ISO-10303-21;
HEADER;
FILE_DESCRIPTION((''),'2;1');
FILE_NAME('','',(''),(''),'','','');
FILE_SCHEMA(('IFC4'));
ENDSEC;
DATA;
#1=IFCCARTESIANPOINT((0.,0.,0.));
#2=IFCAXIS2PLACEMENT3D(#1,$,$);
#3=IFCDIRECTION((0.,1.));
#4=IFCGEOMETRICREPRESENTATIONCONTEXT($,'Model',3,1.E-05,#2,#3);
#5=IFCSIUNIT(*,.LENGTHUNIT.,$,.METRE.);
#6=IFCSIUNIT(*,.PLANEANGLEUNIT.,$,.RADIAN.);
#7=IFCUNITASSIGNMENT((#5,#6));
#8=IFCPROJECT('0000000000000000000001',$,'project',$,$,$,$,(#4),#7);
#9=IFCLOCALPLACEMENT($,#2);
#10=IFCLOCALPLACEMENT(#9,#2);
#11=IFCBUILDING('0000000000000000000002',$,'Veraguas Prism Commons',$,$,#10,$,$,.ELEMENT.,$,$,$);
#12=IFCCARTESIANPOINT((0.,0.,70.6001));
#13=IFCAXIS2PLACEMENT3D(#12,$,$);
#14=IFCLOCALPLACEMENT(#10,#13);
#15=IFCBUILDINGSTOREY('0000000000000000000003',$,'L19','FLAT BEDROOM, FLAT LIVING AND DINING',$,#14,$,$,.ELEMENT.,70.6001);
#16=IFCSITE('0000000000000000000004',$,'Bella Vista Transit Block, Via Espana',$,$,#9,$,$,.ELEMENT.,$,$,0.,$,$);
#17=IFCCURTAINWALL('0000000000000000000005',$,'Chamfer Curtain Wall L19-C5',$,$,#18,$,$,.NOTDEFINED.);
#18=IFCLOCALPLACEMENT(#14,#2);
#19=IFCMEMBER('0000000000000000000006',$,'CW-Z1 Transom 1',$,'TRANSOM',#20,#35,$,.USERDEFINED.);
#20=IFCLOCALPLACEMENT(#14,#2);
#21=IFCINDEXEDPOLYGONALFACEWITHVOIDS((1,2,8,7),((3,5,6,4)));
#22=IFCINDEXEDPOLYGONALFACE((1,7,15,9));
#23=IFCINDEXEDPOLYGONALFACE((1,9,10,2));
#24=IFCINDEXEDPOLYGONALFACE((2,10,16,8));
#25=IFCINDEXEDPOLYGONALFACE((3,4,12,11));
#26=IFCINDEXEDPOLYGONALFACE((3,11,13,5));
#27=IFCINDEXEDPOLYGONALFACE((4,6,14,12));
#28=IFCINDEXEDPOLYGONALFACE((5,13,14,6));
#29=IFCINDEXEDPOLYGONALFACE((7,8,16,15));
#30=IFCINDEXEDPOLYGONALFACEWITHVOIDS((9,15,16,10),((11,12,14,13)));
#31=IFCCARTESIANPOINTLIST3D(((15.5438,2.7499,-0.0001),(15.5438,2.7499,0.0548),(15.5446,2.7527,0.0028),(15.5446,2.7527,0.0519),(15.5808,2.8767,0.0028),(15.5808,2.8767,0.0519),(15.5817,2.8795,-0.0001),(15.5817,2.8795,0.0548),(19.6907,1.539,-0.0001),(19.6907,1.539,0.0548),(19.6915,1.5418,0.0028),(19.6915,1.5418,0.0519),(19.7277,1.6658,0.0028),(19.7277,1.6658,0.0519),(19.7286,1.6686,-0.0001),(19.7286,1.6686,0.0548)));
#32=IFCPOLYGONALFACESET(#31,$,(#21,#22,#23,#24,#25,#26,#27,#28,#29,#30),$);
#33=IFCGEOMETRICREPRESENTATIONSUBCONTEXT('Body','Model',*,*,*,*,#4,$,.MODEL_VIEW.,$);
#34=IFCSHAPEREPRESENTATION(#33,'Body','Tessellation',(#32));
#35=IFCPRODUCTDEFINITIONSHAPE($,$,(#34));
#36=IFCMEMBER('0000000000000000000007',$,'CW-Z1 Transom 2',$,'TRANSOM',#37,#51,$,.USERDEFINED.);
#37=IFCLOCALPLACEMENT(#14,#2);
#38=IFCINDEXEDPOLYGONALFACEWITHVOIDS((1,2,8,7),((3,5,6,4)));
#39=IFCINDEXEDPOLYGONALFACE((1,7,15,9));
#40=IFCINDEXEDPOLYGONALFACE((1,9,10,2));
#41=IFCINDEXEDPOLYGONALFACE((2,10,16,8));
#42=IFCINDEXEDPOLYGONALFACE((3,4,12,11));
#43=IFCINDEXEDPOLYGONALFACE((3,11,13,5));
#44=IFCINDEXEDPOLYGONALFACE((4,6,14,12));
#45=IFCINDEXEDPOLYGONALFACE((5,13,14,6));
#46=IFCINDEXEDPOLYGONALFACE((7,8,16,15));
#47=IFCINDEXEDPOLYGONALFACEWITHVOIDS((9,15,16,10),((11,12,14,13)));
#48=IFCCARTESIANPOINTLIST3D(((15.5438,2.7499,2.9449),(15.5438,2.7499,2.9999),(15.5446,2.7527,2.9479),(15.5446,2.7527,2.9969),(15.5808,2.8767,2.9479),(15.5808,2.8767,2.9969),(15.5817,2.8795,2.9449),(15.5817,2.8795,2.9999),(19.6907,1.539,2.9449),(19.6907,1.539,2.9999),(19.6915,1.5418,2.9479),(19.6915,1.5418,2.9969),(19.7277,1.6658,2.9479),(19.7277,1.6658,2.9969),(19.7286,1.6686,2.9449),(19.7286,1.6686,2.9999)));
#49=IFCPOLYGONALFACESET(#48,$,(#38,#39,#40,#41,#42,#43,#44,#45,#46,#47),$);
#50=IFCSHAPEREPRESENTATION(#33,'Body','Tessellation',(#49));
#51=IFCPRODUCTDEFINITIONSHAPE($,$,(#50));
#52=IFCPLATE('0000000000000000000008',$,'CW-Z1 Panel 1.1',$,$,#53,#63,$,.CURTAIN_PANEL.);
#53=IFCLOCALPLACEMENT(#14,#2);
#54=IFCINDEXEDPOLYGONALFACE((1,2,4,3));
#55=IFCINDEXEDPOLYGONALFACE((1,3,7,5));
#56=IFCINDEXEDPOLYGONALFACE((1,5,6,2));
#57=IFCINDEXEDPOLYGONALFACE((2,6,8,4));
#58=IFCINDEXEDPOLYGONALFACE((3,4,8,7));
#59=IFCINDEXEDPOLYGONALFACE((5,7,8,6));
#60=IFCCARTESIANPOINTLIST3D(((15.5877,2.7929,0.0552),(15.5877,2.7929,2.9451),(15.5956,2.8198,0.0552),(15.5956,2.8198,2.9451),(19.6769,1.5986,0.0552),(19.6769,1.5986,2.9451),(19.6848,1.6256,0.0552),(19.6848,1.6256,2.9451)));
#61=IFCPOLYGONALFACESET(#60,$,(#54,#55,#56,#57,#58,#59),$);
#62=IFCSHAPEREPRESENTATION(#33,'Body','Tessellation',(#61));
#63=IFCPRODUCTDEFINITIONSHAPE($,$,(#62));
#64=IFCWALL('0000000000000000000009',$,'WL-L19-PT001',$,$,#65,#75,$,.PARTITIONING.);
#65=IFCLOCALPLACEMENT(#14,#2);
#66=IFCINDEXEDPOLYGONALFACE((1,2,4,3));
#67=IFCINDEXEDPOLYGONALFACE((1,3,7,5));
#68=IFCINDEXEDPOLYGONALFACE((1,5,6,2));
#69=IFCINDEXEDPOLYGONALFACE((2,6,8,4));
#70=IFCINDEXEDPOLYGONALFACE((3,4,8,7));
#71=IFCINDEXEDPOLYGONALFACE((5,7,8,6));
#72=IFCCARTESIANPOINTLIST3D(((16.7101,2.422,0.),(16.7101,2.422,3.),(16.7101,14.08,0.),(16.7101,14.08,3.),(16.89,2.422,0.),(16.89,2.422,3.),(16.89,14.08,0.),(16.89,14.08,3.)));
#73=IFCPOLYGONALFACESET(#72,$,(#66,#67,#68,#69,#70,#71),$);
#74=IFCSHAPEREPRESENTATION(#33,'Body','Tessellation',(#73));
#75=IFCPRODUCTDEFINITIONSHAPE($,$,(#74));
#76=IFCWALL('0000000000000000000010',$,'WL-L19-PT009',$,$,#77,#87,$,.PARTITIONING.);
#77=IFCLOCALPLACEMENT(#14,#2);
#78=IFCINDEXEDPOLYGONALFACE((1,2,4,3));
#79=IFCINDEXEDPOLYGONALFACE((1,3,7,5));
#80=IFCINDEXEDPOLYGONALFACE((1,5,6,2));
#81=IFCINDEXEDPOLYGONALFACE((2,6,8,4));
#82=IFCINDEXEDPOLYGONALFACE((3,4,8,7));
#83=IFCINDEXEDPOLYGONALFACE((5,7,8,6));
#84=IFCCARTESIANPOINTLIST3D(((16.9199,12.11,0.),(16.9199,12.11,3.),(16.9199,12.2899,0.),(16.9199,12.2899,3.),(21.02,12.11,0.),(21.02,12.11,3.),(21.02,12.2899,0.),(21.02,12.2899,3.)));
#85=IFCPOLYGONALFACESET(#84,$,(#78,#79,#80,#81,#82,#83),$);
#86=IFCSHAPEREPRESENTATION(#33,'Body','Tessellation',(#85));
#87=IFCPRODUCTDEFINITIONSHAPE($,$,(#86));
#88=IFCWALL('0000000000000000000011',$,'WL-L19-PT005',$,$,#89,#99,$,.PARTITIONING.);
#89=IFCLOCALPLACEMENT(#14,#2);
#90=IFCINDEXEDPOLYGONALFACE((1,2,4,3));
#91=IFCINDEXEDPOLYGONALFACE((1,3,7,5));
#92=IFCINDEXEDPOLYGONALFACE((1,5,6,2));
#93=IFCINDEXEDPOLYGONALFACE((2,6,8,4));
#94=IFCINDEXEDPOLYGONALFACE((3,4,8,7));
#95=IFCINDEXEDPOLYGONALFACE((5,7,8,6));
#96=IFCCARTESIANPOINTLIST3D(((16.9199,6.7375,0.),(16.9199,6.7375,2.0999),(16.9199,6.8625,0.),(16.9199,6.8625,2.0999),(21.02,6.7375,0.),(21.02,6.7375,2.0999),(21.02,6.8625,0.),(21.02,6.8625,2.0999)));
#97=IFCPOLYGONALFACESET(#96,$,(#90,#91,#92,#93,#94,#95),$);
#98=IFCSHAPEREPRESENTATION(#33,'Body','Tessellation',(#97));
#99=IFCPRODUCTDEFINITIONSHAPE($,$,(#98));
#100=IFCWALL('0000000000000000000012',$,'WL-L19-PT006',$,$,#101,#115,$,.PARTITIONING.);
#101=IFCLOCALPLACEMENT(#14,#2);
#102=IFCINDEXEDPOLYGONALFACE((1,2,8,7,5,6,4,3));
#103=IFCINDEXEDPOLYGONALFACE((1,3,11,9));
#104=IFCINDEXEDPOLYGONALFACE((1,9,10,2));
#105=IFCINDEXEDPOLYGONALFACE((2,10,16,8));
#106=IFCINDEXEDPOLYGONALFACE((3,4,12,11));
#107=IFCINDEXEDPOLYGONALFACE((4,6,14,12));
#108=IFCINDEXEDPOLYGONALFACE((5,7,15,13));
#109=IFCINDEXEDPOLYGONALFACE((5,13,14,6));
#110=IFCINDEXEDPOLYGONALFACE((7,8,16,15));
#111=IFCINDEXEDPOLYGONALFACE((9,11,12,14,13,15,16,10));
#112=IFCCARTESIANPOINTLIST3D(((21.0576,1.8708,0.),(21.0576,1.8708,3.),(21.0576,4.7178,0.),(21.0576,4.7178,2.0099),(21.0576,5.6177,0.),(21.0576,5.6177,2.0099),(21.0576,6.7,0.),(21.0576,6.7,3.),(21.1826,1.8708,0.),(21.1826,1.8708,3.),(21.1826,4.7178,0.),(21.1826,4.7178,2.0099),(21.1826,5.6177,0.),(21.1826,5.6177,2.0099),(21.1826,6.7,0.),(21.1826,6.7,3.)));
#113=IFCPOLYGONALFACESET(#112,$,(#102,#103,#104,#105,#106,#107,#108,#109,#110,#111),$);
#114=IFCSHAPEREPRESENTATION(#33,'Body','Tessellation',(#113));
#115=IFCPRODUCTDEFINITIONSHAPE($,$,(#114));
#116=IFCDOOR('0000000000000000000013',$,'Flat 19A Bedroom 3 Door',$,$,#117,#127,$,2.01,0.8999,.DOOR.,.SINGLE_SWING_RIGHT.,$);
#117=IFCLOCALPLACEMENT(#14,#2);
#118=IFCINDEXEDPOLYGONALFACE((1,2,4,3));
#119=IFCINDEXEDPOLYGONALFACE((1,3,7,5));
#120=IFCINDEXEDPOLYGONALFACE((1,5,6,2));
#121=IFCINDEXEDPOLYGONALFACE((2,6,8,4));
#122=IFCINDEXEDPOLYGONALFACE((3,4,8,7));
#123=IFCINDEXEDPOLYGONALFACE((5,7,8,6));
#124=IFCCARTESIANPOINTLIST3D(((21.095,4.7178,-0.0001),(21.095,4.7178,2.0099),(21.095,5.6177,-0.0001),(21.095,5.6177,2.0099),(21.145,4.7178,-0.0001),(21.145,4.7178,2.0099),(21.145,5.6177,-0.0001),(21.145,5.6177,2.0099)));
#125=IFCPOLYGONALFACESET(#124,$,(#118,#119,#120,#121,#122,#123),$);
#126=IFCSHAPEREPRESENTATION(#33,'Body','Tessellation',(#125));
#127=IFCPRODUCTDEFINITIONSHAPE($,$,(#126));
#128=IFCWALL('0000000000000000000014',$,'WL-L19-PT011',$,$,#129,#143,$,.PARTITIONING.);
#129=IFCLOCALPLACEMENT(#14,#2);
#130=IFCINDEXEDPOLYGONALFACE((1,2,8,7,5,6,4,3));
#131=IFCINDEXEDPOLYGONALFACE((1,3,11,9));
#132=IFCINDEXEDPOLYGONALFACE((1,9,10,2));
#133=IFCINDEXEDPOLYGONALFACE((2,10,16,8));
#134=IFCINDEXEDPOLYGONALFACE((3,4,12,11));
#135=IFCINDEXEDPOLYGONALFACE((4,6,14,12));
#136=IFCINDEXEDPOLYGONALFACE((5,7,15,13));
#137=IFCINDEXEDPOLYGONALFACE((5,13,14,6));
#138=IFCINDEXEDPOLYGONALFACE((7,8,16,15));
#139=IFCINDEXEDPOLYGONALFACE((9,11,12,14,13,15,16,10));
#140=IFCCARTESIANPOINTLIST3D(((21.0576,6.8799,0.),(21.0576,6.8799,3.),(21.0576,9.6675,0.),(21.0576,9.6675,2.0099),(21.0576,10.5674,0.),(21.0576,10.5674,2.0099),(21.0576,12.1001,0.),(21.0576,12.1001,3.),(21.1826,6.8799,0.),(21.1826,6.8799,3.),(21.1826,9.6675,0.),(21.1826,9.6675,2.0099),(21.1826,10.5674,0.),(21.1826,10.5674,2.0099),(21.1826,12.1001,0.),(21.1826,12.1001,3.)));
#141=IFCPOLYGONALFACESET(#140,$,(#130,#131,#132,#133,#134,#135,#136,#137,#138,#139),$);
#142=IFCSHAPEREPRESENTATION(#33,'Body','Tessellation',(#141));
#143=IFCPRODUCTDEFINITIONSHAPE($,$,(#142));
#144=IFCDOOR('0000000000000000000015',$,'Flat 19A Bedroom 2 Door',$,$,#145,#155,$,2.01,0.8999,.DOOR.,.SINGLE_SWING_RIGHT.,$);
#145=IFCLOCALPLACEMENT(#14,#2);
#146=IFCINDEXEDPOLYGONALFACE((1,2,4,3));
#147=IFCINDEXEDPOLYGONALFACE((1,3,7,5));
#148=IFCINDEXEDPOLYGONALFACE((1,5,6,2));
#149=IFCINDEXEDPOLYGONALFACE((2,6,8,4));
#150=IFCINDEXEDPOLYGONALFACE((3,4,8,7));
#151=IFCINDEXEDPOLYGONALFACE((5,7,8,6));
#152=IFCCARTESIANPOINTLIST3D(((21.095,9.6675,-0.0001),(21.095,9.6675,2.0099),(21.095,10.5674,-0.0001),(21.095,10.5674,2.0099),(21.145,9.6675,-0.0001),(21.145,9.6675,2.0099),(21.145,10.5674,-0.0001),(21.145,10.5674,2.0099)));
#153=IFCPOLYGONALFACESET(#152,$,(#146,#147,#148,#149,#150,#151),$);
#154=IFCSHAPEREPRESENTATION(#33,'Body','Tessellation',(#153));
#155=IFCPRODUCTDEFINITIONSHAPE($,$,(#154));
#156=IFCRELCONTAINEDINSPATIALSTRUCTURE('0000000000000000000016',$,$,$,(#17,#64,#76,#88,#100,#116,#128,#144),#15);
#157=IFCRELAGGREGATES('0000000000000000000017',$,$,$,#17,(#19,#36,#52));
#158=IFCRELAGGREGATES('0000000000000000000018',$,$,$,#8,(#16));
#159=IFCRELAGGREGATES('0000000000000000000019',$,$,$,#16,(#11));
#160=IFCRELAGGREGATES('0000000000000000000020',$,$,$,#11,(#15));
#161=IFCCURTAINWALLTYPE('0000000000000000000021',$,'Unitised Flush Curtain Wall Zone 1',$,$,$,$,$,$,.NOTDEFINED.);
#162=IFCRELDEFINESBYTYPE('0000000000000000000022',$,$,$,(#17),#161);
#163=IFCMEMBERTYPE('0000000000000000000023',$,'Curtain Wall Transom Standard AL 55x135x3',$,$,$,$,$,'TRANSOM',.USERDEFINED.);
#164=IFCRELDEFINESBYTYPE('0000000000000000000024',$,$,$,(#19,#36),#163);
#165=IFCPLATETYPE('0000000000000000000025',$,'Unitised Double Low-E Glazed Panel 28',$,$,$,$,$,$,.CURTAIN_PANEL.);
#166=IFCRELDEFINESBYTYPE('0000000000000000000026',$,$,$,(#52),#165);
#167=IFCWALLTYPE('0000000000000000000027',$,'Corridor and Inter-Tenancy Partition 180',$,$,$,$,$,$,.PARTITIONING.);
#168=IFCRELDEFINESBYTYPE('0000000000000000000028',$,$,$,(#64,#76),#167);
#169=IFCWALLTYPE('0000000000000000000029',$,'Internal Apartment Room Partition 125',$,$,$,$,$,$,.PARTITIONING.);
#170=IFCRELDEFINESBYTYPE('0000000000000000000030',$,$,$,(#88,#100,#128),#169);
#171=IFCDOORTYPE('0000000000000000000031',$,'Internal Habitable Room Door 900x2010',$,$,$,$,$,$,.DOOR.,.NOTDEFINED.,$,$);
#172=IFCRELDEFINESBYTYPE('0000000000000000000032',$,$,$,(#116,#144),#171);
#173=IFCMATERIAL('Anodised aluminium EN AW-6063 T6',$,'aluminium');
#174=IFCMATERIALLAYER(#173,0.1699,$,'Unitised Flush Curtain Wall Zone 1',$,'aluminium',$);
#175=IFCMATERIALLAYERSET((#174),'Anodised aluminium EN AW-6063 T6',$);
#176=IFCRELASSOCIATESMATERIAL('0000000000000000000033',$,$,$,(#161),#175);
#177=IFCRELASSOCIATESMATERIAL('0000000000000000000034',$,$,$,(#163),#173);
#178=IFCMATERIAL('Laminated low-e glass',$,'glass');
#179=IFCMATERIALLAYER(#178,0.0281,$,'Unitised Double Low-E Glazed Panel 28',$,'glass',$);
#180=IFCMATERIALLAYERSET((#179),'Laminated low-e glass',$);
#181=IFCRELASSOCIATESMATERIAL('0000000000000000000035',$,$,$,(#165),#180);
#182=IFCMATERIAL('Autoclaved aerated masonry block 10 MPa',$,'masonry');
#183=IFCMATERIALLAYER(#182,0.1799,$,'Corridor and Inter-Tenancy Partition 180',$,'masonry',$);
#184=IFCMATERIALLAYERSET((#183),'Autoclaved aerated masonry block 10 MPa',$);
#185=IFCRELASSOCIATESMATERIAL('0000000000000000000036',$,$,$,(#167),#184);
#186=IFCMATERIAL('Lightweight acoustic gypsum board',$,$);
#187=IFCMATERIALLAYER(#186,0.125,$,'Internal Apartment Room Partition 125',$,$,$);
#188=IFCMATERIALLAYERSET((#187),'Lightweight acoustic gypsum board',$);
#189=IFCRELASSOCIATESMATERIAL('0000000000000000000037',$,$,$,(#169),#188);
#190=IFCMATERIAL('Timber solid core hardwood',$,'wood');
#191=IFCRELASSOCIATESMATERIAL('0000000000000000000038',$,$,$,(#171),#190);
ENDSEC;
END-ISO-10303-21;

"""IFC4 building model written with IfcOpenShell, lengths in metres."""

from ifc_helpers import new_model, si_unit, direction, frame, frame_2d, origin, origin_2d, place, context, subcontext, project, spatial, rectangle, hollow_rectangle, extrude, source, transform, mapped, material, layer, layer_set, material_profile, profile_set, type_object, element, fill, aggregate, save


model = new_model("IFC4")

# Units and contexts
model_context = context("Model", 3, precision=1e-05, world=origin(), true_north=direction((0.0, 1.0)))
body_context = subcontext(model_context, "Body", "Model", "MODEL_VIEW")
ifc_project = project(units=[si_unit("LENGTHUNIT", "METRE"), si_unit("PLANEANGLEUNIT", "RADIAN")], contexts=[model_context])

# Site, building, storey
site_placement = place(None, origin())
site = spatial("IfcSite", under=ifc_project, at=site_placement, Name="Bella Vista Transit Block, Via Espana", CompositionType="ELEMENT", RefElevation=0.0)
building_placement = place(site_placement, origin())
building = spatial("IfcBuilding", under=site, at=building_placement, Name="Veraguas Prism Commons", CompositionType="ELEMENT")
storey_placement = place(building_placement, frame((0.0, 0.0, 70.6001)))
storey = spatial("IfcBuildingStorey", under=building, at=storey_placement, Name="L19", Description="FLAT BEDROOM, FLAT LIVING AND DINING", CompositionType="ELEMENT", Elevation=70.6001)

# Shared definitions
ifc_material_1 = material(Name="Anodised aluminium EN AW-6063 T6", Category="aluminium")
ifc_layer_1 = layer(ifc_material_1, 0.1699, Name="Unitised Flush Curtain Wall Zone 1", Category="aluminium")
ifc_layer_set_1 = layer_set([ifc_layer_1], Name="Anodised aluminium EN AW-6063 T6")
curtain_wall_type = type_object("IfcCurtainWallType", Name="Unitised Flush Curtain Wall Zone 1", PredefinedType="NOTDEFINED", material=ifc_layer_set_1)
ifc_material_profile_1 = material_profile(ifc_material_1, hollow_rectangle(XDim=0.0549, YDim=0.135, WallThickness=0.0029, at=origin_2d()), Name="AL55X135X3")
ifc_profile_set_1 = profile_set([ifc_material_profile_1], Name="Anodised aluminium EN AW-6063 T6")
member_type_1 = type_object("IfcMemberType", Name="Curtain Wall Transom Standard AL 55x135x3", ElementType="TRANSOM", PredefinedType="USERDEFINED", material=ifc_profile_set_1)

# Curtain wall, members, plate
curtain_wall_1_placement = place(storey_placement, origin())
curtain_wall_1 = element("IfcCurtainWall", 1, at=curtain_wall_1_placement, inside=storey, type_object=curtain_wall_type, Name="Chamfer Curtain Wall L19-C5", PredefinedType="NOTDEFINED")
shared_shape_1 = source(origin(), body_context, "Body", "SweptSolid", [
    extrude(hollow_rectangle(XDim=0.0549, YDim=0.135, WallThickness=0.0029, at=origin_2d()), origin(), (0.0, 0.0, 1.0), 4.3201),
])
member_1_placement = place(storey_placement, frame((15.5627, 2.8147, 0.0273), z_axis=(0.959913, -0.280299, 0.0), x_axis=(0.0, 0.0, 1.0)))
member_1 = element("IfcMember", 2, at=member_1_placement, type_object=member_type_1, Name="CW-Z1 Transom 1", ObjectType="TRANSOM", PredefinedType="USERDEFINED", context=body_context, shape_type="MappedRepresentation", body=[
    mapped(shared_shape_1, transform((0.0, 0.0, 0.0), scale=1.0)),
])
member_2_placement = place(storey_placement, frame((15.5627, 2.8147, 2.9724), z_axis=(0.959913, -0.280299, 0.0), x_axis=(0.0, 0.0, 1.0)))
member_2 = element("IfcMember", 3, at=member_2_placement, type_object=member_type_1, Name="CW-Z1 Transom 2", ObjectType="TRANSOM", PredefinedType="USERDEFINED", context=body_context, shape_type="MappedRepresentation", body=[
    mapped(shared_shape_1, transform((0.0, 0.0, 0.0), scale=1.0)),
])
ifc_material_2 = material(Name="Laminated low-e glass", Category="glass")
ifc_layer_2 = layer(ifc_material_2, 0.0281, Name="Unitised Double Low-E Glazed Panel 28", Category="glass")
ifc_layer_set_2 = layer_set([ifc_layer_2], Name="Laminated low-e glass")
plate_type = type_object("IfcPlateType", Name="Unitised Double Low-E Glazed Panel 28", PredefinedType="CURTAIN_PANEL", material=ifc_layer_set_2)
shared_shape_2 = source(origin(), body_context, "Body", "SweptSolid", [
    extrude(rectangle(XDim=4.26, YDim=0.0281, at=origin_2d()), origin(), (0.0, 0.0, 1.0), 2.8899),
])
plate_placement = place(storey_placement, frame((17.6362, 2.2092, 0.0552), z_axis=(0.0, 0.0, 1.0), x_axis=(0.959901, -0.28034, 0.0)))
plate = element("IfcPlate", 4, at=plate_placement, type_object=plate_type, Name="CW-Z1 Panel 1.1", PredefinedType="CURTAIN_PANEL", context=body_context, shape_type="MappedRepresentation", body=[
    mapped(shared_shape_2, transform((0.0, 0.0, 0.0), scale=1.0)),
])
aggregate(curtain_wall_1, [member_1, member_2, plate])

# Walls
ifc_material_3 = material(Name="Autoclaved aerated masonry block 10 MPa", Category="masonry")
ifc_layer_3 = layer(ifc_material_3, 0.1799, Name="Corridor and Inter-Tenancy Partition 180", Category="masonry")
ifc_layer_set_3 = layer_set([ifc_layer_3], Name="Autoclaved aerated masonry block 10 MPa")
wall_type_1 = type_object("IfcWallType", Name="Corridor and Inter-Tenancy Partition 180", PredefinedType="PARTITIONING", material=ifc_layer_set_3)
wall_1_placement = place(storey_placement, frame((16.8, 14.0801, 0.0), z_axis=(0.0, 0.0, 1.0), x_axis=(0.0, -1.0, 0.0)))
element("IfcWall", 5, at=wall_1_placement, inside=storey, type_object=wall_type_1, Name="WL-L19-PT001", PredefinedType="PARTITIONING", context=body_context, shape_type="SweptSolid", body=[
    extrude(rectangle(XDim=11.658, YDim=0.1799, at=frame_2d((5.8291, 0.0))), origin(), (0.0, 0.0, 1.0), 3.0),
])
wall_2_placement = place(storey_placement, frame((16.9199, 12.2, 0.0), z_axis=(0.0, 0.0, 1.0), x_axis=(1.0, 0.0, 0.0)))
element("IfcWall", 6, at=wall_2_placement, inside=storey, type_object=wall_type_1, Name="WL-L19-PT009", PredefinedType="PARTITIONING", context=body_context, shape_type="SweptSolid", body=[
    extrude(rectangle(XDim=4.1001, YDim=0.1799, at=frame_2d((2.05, 0.0))), origin(), (0.0, 0.0, 1.0), 3.0),
])
ifc_material_4 = material(Name="Lightweight acoustic gypsum board")
ifc_layer_4 = layer(ifc_material_4, 0.125, Name="Internal Apartment Room Partition 125")
ifc_layer_set_4 = layer_set([ifc_layer_4], Name="Lightweight acoustic gypsum board")
wall_type_2 = type_object("IfcWallType", Name="Internal Apartment Room Partition 125", PredefinedType="PARTITIONING", material=ifc_layer_set_4)
wall_3_placement = place(storey_placement, frame((16.9199, 6.8, 0.0), z_axis=(0.0, 0.0, 1.0), x_axis=(1.0, 0.0, 0.0)))
element("IfcWall", 7, at=wall_3_placement, inside=storey, type_object=wall_type_2, Name="WL-L19-PT005", PredefinedType="PARTITIONING", context=body_context, shape_type="SweptSolid", body=[
    extrude(rectangle(XDim=4.1001, YDim=0.125, at=frame_2d((2.05, 0.0))), origin(), (0.0, 0.0, 1.0), 2.0999),
])

# Walls, openings, doors
wall_4_placement = place(storey_placement, frame((21.1201, 6.7, 0.0), z_axis=(0.0, 0.0, 1.0), x_axis=(0.0, -1.0, 0.0)))
wall_4 = element("IfcWall", 8, at=wall_4_placement, inside=storey, type_object=wall_type_2, Name="WL-L19-PT006", PredefinedType="PARTITIONING", context=body_context, shape_type="SweptSolid", body=[
    extrude(rectangle(XDim=4.8291, YDim=0.125, at=frame_2d((2.4146, 0.0))), origin(), (0.0, 0.0, 1.0), 3.0),
])
opening_1_placement = place(wall_4_placement, frame((1.0823, 0.0, 0.0)))
opening_1 = element("IfcOpeningElement", 9, at=opening_1_placement, cuts=wall_4, PredefinedType="OPENING", context=body_context, shape_type="SweptSolid", body=[
    extrude(rectangle(XDim=0.8999, YDim=2.01, at=frame_2d((0.45, 1.0049))), frame((0.0, 0.0725, 0.0), z_axis=(0.0, -1.0, 0.0), x_axis=(1.0, 0.0, 0.0)), (0.0, 0.0, 1.0), 0.145),
])
ifc_material_5 = material(Name="Timber solid core hardwood", Category="wood")
door_type = type_object("IfcDoorType", Name="Internal Habitable Room Door 900x2010", OperationType="NOTDEFINED", PredefinedType="DOOR", material=ifc_material_5)
shared_shape_3 = source(origin(), body_context, "Body", "SweptSolid", [
    extrude(rectangle(XDim=0.8999, YDim=2.01, at=frame_2d((0.45, 1.0049))), frame((0.0, 0.0249, 0.0), z_axis=(0.0, -1.0, 0.0), x_axis=(1.0, 0.0, 0.0)), (0.0, 0.0, 1.0), 0.05),
])
door_1_placement = place(opening_1_placement, origin())
door_1 = element("IfcDoor", 10, at=door_1_placement, inside=storey, type_object=door_type, Name="Flat 19A Bedroom 3 Door", OperationType="SINGLE_SWING_RIGHT", OverallHeight=2.01, OverallWidth=0.8999, PredefinedType="DOOR", context=body_context, shape_type="MappedRepresentation", body=[
    mapped(shared_shape_3, transform((0.0, 0.0, 0.0), scale=1.0)),
])
fill(opening_1, door_1)
wall_5_placement = place(storey_placement, frame((21.1201, 12.1001, 0.0), z_axis=(0.0, 0.0, 1.0), x_axis=(0.0, -1.0, 0.0)))
wall_5 = element("IfcWall", 11, at=wall_5_placement, inside=storey, type_object=wall_type_2, Name="WL-L19-PT011", PredefinedType="PARTITIONING", context=body_context, shape_type="SweptSolid", body=[
    extrude(rectangle(XDim=5.2202, YDim=0.125, at=frame_2d((2.6101, 0.0))), origin(), (0.0, 0.0, 1.0), 3.0),
])
opening_2_placement = place(wall_5_placement, frame((1.5327, 0.0, 0.0)))
opening_2 = element("IfcOpeningElement", 12, at=opening_2_placement, cuts=wall_5, PredefinedType="OPENING", context=body_context, shape_type="SweptSolid", body=[
    extrude(rectangle(XDim=0.8999, YDim=2.01, at=frame_2d((0.45, 1.0049))), frame((0.0, 0.0725, 0.0), z_axis=(0.0, -1.0, 0.0), x_axis=(1.0, 0.0, 0.0)), (0.0, 0.0, 1.0), 0.145),
])
door_2_placement = place(opening_2_placement, origin())
door_2 = element("IfcDoor", 13, at=door_2_placement, inside=storey, type_object=door_type, Name="Flat 19A Bedroom 2 Door", OperationType="SINGLE_SWING_RIGHT", OverallHeight=2.01, OverallWidth=0.8999, PredefinedType="DOOR", context=body_context, shape_type="MappedRepresentation", body=[
    mapped(shared_shape_3, transform((0.0, 0.0, 0.0), scale=1.0)),
])
fill(opening_2, door_2)

save(model, "model.ifc")
